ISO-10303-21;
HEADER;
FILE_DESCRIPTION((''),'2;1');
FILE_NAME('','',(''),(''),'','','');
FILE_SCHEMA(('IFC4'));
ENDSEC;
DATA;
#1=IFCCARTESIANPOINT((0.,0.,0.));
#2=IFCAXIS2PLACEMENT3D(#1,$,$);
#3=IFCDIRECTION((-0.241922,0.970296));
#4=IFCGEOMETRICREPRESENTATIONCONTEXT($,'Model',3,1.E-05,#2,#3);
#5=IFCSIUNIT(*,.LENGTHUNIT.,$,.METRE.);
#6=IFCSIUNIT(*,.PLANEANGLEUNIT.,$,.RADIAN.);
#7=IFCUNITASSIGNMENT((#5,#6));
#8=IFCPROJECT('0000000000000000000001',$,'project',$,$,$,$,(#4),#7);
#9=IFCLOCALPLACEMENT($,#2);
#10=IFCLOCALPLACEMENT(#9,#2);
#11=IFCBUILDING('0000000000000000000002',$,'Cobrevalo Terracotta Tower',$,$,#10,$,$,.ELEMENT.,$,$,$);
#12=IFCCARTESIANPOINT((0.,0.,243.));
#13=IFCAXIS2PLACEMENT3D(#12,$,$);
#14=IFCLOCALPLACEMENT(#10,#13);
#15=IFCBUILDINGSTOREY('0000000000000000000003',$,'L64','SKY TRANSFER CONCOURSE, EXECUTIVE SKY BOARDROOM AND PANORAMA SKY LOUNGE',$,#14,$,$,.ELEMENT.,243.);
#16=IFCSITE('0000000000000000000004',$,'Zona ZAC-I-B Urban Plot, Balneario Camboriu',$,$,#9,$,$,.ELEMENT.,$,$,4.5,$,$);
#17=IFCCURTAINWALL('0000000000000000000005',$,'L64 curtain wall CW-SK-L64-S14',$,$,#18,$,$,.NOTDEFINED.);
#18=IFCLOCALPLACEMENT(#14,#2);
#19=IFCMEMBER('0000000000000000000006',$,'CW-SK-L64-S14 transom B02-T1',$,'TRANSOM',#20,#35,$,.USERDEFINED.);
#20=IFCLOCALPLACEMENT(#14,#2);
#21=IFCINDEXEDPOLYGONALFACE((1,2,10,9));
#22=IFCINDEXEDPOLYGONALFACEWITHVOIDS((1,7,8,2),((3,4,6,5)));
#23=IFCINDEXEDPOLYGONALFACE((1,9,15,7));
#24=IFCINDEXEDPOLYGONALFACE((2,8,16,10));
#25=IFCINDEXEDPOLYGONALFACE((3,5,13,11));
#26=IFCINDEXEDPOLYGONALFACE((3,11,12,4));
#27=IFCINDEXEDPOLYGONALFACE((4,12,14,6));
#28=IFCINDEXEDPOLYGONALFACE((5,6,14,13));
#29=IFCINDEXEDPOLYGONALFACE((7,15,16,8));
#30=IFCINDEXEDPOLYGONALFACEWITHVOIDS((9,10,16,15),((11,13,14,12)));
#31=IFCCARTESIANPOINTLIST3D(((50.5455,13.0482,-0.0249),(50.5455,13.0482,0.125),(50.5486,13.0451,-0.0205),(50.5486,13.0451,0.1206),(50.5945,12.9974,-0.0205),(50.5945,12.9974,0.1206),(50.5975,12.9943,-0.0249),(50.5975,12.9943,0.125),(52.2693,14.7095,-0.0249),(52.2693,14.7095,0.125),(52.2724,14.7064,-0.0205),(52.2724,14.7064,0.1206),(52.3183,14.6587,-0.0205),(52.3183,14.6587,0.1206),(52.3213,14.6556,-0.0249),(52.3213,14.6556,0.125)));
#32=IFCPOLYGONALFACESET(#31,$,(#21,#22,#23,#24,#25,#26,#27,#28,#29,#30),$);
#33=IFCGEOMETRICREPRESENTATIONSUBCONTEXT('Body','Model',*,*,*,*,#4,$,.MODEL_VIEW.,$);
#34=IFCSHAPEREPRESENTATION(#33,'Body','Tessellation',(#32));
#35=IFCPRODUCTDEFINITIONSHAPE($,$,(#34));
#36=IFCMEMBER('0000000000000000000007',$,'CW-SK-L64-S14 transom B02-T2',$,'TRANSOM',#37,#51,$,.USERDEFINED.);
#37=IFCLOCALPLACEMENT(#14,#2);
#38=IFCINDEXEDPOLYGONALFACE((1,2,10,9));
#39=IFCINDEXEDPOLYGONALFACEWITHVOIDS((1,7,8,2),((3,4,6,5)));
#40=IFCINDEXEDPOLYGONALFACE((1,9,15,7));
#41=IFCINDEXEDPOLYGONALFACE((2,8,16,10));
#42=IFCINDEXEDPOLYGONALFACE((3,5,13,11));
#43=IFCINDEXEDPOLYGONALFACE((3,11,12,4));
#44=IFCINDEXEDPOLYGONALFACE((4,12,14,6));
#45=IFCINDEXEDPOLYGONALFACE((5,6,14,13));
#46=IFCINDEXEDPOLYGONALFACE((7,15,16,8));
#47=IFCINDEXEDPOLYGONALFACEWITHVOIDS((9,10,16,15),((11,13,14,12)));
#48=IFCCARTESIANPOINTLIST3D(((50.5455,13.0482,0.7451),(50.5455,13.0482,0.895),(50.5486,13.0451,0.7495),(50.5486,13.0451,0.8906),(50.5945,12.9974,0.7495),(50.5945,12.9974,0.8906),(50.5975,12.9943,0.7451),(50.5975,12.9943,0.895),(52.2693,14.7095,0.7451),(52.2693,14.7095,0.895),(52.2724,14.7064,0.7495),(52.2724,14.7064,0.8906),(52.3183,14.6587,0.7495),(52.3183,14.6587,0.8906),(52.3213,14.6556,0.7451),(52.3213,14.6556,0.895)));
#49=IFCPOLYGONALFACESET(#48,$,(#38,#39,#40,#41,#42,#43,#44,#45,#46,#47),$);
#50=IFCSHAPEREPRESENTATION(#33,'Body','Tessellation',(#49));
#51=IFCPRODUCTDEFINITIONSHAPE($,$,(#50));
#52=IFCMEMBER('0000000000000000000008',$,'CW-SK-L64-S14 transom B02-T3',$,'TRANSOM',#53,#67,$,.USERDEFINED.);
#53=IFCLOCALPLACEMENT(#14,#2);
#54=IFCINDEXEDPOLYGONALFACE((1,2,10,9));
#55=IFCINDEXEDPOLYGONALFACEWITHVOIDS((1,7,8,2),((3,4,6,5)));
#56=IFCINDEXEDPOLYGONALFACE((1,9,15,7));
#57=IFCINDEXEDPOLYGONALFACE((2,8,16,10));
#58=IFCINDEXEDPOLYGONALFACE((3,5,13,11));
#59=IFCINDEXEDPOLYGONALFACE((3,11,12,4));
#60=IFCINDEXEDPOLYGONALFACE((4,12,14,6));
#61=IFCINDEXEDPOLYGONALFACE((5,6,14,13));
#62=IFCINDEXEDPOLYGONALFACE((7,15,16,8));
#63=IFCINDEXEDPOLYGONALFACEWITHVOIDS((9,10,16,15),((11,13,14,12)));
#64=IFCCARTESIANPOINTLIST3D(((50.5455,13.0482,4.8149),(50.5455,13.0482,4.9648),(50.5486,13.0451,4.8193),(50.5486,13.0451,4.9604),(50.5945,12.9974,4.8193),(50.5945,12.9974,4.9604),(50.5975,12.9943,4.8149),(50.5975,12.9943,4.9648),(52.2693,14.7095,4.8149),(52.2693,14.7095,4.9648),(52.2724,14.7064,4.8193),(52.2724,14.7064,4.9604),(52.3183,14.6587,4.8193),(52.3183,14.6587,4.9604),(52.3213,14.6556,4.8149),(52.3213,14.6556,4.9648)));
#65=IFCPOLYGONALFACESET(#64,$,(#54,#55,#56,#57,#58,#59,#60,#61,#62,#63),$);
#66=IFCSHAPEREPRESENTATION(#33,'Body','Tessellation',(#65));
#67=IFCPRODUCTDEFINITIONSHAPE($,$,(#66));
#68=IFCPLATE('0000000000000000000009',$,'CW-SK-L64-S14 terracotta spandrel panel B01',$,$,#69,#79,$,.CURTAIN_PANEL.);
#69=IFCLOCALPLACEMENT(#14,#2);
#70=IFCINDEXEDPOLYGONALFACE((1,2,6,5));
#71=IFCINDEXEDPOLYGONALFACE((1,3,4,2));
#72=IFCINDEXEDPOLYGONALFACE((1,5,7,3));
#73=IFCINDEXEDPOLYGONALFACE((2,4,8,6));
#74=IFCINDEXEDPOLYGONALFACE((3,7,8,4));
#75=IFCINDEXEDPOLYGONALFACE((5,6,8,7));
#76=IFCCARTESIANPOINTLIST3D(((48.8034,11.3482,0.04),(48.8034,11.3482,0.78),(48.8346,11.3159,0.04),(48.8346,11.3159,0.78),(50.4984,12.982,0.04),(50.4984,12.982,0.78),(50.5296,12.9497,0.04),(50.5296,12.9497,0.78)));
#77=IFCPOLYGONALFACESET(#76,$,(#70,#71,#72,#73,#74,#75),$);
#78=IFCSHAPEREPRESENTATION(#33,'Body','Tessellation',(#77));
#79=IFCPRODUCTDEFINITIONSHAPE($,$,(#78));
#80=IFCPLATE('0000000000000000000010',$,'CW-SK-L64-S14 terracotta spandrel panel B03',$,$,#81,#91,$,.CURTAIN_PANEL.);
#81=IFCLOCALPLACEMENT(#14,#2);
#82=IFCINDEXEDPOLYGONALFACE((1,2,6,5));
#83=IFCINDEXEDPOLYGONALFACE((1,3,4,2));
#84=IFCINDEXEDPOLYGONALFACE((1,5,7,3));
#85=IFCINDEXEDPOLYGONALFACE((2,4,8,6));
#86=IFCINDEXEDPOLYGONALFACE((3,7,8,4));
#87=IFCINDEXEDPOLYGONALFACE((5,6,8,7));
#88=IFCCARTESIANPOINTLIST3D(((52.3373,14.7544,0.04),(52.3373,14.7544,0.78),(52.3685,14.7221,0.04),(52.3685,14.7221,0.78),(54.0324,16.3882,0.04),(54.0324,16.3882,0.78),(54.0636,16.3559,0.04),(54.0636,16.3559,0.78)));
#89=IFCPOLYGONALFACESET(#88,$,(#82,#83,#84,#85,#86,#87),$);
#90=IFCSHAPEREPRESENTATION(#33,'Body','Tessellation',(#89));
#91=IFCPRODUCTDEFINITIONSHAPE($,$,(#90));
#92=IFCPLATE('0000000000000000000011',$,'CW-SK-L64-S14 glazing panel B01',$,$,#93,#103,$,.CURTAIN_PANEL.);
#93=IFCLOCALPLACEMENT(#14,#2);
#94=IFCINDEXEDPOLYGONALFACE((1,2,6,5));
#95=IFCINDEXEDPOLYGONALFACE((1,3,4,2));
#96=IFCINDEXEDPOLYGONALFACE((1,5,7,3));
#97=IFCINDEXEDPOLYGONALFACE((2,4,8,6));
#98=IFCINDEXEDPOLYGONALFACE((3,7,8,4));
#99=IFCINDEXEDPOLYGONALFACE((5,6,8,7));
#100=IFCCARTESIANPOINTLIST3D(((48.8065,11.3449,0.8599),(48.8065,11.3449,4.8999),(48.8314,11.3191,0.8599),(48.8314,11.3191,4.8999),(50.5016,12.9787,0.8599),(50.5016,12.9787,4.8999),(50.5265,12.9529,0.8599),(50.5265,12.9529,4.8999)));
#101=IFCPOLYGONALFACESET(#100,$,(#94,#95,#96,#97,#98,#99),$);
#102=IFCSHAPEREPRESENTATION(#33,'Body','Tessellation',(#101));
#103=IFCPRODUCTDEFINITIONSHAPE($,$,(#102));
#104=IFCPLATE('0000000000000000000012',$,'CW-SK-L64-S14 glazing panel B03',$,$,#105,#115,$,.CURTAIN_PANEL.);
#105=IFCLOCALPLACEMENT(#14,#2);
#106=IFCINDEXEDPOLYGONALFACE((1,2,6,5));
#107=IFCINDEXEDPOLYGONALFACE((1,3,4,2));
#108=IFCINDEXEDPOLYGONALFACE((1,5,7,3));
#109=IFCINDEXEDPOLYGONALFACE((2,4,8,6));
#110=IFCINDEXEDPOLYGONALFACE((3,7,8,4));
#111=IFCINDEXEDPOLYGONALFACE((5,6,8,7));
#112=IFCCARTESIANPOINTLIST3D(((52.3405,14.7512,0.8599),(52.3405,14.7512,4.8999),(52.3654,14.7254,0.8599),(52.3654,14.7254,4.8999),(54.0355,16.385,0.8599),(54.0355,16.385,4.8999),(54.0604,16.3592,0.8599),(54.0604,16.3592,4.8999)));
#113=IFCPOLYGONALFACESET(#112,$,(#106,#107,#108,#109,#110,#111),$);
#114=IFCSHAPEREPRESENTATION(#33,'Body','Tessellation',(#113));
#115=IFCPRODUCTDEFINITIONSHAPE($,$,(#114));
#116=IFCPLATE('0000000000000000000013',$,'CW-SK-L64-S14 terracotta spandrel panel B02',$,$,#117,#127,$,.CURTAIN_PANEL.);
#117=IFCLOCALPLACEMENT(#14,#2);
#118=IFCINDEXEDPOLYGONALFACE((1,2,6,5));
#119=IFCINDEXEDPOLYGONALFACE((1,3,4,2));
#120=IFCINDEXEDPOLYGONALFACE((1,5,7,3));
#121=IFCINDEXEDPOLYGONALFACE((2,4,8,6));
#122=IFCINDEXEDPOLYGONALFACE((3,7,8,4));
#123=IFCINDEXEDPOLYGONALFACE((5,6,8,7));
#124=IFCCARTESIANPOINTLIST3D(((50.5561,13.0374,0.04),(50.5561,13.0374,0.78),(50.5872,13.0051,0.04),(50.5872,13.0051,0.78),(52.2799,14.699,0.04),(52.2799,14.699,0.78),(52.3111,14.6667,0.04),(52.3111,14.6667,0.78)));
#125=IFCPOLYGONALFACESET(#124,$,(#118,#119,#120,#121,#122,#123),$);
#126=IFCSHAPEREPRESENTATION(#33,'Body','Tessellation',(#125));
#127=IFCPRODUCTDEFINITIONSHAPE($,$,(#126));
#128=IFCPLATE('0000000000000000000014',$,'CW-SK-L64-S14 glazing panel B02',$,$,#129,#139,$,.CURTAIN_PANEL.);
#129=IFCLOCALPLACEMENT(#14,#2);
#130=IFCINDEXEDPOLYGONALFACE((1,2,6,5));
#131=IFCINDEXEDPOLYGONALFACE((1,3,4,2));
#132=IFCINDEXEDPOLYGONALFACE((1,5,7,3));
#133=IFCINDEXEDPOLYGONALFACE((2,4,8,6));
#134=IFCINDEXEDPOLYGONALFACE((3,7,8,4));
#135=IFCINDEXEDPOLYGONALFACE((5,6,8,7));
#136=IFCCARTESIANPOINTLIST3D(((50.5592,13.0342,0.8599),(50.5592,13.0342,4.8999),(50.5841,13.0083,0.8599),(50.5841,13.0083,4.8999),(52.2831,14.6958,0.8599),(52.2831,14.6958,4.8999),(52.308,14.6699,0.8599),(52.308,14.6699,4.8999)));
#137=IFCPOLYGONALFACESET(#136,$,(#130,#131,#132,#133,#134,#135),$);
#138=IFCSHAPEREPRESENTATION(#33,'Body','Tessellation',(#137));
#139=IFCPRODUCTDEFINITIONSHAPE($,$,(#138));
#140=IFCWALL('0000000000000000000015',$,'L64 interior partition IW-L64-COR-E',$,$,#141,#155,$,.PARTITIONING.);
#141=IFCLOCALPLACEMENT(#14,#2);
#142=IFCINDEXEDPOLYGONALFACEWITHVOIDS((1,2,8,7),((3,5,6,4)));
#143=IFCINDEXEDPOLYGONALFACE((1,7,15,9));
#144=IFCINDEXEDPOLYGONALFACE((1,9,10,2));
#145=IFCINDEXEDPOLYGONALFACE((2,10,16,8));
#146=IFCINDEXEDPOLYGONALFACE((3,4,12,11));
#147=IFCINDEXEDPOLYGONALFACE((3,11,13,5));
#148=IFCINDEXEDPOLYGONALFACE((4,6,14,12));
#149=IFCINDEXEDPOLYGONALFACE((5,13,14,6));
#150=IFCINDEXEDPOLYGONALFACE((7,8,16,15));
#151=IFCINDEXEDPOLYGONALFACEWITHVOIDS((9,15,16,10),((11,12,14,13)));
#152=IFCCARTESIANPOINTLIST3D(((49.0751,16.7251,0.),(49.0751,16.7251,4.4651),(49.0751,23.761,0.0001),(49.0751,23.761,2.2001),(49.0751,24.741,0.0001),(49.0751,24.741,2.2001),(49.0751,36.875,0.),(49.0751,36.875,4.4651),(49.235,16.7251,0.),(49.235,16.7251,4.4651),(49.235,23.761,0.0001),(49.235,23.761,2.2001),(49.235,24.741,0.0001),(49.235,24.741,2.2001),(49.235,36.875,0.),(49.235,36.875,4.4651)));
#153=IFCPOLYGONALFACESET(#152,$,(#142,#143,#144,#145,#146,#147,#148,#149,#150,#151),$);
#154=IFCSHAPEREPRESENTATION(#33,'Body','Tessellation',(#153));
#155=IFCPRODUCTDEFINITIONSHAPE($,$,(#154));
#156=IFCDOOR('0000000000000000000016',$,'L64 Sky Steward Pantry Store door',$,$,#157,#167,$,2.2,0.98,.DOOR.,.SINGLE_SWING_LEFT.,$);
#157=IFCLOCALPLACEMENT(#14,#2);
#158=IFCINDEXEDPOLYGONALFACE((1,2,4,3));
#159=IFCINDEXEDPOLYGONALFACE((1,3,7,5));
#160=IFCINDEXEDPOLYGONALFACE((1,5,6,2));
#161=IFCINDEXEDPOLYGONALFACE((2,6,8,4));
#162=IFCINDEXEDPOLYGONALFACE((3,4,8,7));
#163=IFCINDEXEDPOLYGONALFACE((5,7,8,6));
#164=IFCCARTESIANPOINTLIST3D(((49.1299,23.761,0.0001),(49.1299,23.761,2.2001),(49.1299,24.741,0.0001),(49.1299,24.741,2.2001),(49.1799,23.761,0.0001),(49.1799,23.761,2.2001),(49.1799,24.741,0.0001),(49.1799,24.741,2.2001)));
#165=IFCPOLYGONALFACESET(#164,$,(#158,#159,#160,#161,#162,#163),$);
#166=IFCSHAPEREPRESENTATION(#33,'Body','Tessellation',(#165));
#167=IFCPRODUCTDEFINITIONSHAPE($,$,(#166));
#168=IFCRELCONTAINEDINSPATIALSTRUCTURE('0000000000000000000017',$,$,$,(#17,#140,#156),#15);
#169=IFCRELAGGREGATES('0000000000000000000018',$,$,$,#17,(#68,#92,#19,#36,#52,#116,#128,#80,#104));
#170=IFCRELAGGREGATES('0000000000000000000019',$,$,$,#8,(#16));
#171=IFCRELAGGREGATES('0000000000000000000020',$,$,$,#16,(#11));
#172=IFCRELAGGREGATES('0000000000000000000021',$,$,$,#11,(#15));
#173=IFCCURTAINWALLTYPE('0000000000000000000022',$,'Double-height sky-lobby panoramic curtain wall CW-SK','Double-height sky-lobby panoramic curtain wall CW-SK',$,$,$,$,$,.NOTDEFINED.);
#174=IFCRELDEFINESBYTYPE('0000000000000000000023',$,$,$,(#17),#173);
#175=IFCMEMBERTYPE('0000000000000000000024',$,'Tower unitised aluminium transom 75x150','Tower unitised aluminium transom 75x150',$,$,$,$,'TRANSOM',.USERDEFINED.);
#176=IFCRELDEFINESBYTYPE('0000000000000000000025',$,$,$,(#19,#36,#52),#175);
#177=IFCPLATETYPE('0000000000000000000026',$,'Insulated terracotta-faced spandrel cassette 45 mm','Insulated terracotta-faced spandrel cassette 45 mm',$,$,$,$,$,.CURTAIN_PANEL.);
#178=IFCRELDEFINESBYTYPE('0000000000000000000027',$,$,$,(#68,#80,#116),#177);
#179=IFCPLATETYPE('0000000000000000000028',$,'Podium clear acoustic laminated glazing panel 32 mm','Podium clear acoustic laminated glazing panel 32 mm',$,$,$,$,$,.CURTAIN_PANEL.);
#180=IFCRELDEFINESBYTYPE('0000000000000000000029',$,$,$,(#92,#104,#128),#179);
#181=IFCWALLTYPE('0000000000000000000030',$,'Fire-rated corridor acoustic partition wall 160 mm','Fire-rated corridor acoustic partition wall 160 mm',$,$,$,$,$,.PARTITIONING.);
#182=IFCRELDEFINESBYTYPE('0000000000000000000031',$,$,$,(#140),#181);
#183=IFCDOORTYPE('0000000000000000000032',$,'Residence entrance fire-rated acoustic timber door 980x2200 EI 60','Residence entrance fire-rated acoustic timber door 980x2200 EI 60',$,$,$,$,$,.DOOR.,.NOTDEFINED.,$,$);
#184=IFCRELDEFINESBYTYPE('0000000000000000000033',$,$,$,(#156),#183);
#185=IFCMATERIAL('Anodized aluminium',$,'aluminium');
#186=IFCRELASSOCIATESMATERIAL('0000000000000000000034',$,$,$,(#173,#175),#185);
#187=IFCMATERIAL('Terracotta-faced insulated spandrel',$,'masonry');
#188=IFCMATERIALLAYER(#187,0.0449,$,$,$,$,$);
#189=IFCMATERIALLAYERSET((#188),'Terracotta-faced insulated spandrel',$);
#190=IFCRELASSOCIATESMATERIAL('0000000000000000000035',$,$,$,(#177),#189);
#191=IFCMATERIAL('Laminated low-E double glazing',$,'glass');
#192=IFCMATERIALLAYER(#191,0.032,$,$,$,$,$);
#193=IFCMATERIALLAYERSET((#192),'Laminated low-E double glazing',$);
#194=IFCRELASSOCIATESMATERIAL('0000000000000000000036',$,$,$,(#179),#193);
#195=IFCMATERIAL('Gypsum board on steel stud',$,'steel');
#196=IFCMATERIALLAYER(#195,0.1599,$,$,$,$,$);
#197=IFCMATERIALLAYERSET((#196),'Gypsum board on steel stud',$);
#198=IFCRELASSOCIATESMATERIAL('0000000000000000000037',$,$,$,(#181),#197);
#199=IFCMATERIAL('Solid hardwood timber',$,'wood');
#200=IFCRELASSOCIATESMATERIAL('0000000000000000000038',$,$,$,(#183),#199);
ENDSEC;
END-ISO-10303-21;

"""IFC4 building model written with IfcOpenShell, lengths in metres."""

from ifc_helpers import new_model, si_unit, direction, frame, frame_2d, origin, origin_2d, place, context, subcontext, project, spatial, rectangle, hollow_rectangle, extrude, source, transform, mapped, material, layer, layer_set, material_profile, profile_set, type_object, element, fill, aggregate, save


model = new_model("IFC4")

# Units and contexts
model_context = context("Model", 3, precision=1e-05, world=origin(), true_north=direction((-0.241922, 0.970296)))
body_context = subcontext(model_context, "Body", "Model", "MODEL_VIEW")
ifc_project = project(units=[si_unit("LENGTHUNIT", "METRE"), si_unit("PLANEANGLEUNIT", "RADIAN")], contexts=[model_context])

# Site, building, storey
site_placement = place(None, origin())
site = spatial("IfcSite", under=ifc_project, at=site_placement, Name="Zona ZAC-I-B Urban Plot, Balneario Camboriu", CompositionType="ELEMENT", RefElevation=4.5)
building_placement = place(site_placement, origin())
building = spatial("IfcBuilding", under=site, at=building_placement, Name="Cobrevalo Terracotta Tower", CompositionType="ELEMENT")
storey_placement = place(building_placement, frame((0.0, 0.0, 243.0)))
storey = spatial("IfcBuildingStorey", under=building, at=storey_placement, Name="L64", Description="SKY TRANSFER CONCOURSE, EXECUTIVE SKY BOARDROOM AND PANORAMA SKY LOUNGE", CompositionType="ELEMENT", Elevation=243.0)

# Curtain wall
ifc_material_1 = material(Name="Anodized aluminium", Category="aluminium")
curtain_wall_type = type_object("IfcCurtainWallType", Name="Double-height sky-lobby panoramic curtain wall CW-SK", Description="Double-height sky-lobby panoramic curtain wall CW-SK", PredefinedType="NOTDEFINED", material=ifc_material_1)
curtain_wall_1_placement = place(storey_placement, origin())
curtain_wall_1 = element("IfcCurtainWall", 1, at=curtain_wall_1_placement, inside=storey, type_object=curtain_wall_type, Name="L64 curtain wall CW-SK-L64-S14", PredefinedType="NOTDEFINED")
ifc_material_profile_1 = material_profile(ifc_material_1, hollow_rectangle(XDim=0.075, YDim=0.1499, WallThickness=0.0044, at=origin_2d()), Name="CWT 75x150")
ifc_profile_set_1 = profile_set([ifc_material_profile_1], Name="Anodized aluminium")
member_type_1 = type_object("IfcMemberType", Name="Tower unitised aluminium transom 75x150", Description="Tower unitised aluminium transom 75x150", ElementType="TRANSOM", PredefinedType="USERDEFINED", material=ifc_profile_set_1)

# Members
shared_shape_1 = source(origin(), body_context, "Body", "SweptSolid", [
    extrude(hollow_rectangle(XDim=0.075, YDim=0.1499, WallThickness=0.0044, at=origin_2d()), origin(), (0.0, 0.0, 1.0), 2.394),
])
member_1_placement = place(storey_placement, frame((50.5715, 13.0212, 0.05), z_axis=(0.720039, 0.693934, 0.0), x_axis=(-0.693934, 0.720039, 0.0)))
member_1 = element("IfcMember", 2, at=member_1_placement, type_object=member_type_1, Name="CW-SK-L64-S14 transom B02-T1", ObjectType="TRANSOM", PredefinedType="USERDEFINED", context=body_context, shape_type="MappedRepresentation", body=[
    mapped(shared_shape_1, transform((0.0, 0.0, 0.0), scale=1.0)),
])
member_2_placement = place(storey_placement, frame((50.5715, 13.0212, 0.8201), z_axis=(0.720039, 0.693934, 0.0), x_axis=(-0.693934, 0.720039, 0.0)))
member_2 = element("IfcMember", 3, at=member_2_placement, type_object=member_type_1, Name="CW-SK-L64-S14 transom B02-T2", ObjectType="TRANSOM", PredefinedType="USERDEFINED", context=body_context, shape_type="MappedRepresentation", body=[
    mapped(shared_shape_1, transform((0.0, 0.0, 0.0), scale=1.0)),
])
member_3_placement = place(storey_placement, frame((50.5715, 13.0212, 4.8899), z_axis=(0.720039, 0.693934, 0.0), x_axis=(-0.693934, 0.720039, 0.0)))
member_3 = element("IfcMember", 4, at=member_3_placement, type_object=member_type_1, Name="CW-SK-L64-S14 transom B02-T3", ObjectType="TRANSOM", PredefinedType="USERDEFINED", context=body_context, shape_type="MappedRepresentation", body=[
    mapped(shared_shape_1, transform((0.0, 0.0, 0.0), scale=1.0)),
])

# Plates
ifc_material_2 = material(Name="Terracotta-faced insulated spandrel", Category="masonry")
ifc_layer_1 = layer(ifc_material_2, 0.0449)
ifc_layer_set_1 = layer_set([ifc_layer_1], Name="Terracotta-faced insulated spandrel")
plate_type_1 = type_object("IfcPlateType", Name="Insulated terracotta-faced spandrel cassette 45 mm", Description="Insulated terracotta-faced spandrel cassette 45 mm", PredefinedType="CURTAIN_PANEL", material=ifc_layer_set_1)
shared_shape_2 = source(origin(), body_context, "Body", "SweptSolid", [
    extrude(rectangle(XDim=2.3542, YDim=0.0449, at=origin_2d()), origin(), (0.0, 0.0, 1.0), 0.74),
])
plate_1_placement = place(storey_placement, frame((49.6665, 12.1489, 0.04), z_axis=(0.0, 0.0, 1.0), x_axis=(0.719997, 0.693978, 0.0)))
plate_1 = element("IfcPlate", 5, at=plate_1_placement, type_object=plate_type_1, Name="CW-SK-L64-S14 terracotta spandrel panel B01", PredefinedType="CURTAIN_PANEL", context=body_context, shape_type="MappedRepresentation", body=[
    mapped(shared_shape_2, transform((0.0, 0.0, 0.0), scale=1.0)),
])
plate_2_placement = place(storey_placement, frame((53.2004, 15.5552, 0.04), z_axis=(0.0, 0.0, 1.0), x_axis=(0.719997, 0.693978, 0.0)))
plate_2 = element("IfcPlate", 6, at=plate_2_placement, type_object=plate_type_1, Name="CW-SK-L64-S14 terracotta spandrel panel B03", PredefinedType="CURTAIN_PANEL", context=body_context, shape_type="MappedRepresentation", body=[
    mapped(shared_shape_2, transform((0.0, 0.0, 0.0), scale=1.0)),
])
ifc_material_3 = material(Name="Laminated low-E double glazing", Category="glass")
ifc_layer_2 = layer(ifc_material_3, 0.032)
ifc_layer_set_2 = layer_set([ifc_layer_2], Name="Laminated low-E double glazing")
plate_type_2 = type_object("IfcPlateType", Name="Podium clear acoustic laminated glazing panel 32 mm", Description="Podium clear acoustic laminated glazing panel 32 mm", PredefinedType="CURTAIN_PANEL", material=ifc_layer_set_2)
shared_shape_3 = source(origin(), body_context, "Body", "SweptSolid", [
    extrude(rectangle(XDim=2.3542, YDim=0.0359, at=origin_2d()), origin(), (0.0, 0.0, 1.0), 4.04),
])
plate_3_placement = place(storey_placement, frame((49.6665, 12.1489, 0.8599), z_axis=(0.0, 0.0, 1.0), x_axis=(0.719997, 0.693978, 0.0)))
plate_3 = element("IfcPlate", 7, at=plate_3_placement, type_object=plate_type_2, Name="CW-SK-L64-S14 glazing panel B01", PredefinedType="CURTAIN_PANEL", context=body_context, shape_type="MappedRepresentation", body=[
    mapped(shared_shape_3, transform((0.0, 0.0, 0.0), scale=1.0)),
])
plate_4_placement = place(storey_placement, frame((53.2004, 15.5552, 0.8599), z_axis=(0.0, 0.0, 1.0), x_axis=(0.719997, 0.693978, 0.0)))
plate_4 = element("IfcPlate", 8, at=plate_4_placement, type_object=plate_type_2, Name="CW-SK-L64-S14 glazing panel B03", PredefinedType="CURTAIN_PANEL", context=body_context, shape_type="MappedRepresentation", body=[
    mapped(shared_shape_3, transform((0.0, 0.0, 0.0), scale=1.0)),
])
shared_shape_4 = source(origin(), body_context, "Body", "SweptSolid", [
    extrude(rectangle(XDim=2.3943, YDim=0.0449, at=origin_2d()), origin(), (0.0, 0.0, 1.0), 0.74),
])
plate_5_placement = place(storey_placement, frame((51.4336, 13.8521, 0.04), z_axis=(0.0, 0.0, 1.0), x_axis=(0.719997, 0.693978, 0.0)))
plate_5 = element("IfcPlate", 9, at=plate_5_placement, type_object=plate_type_1, Name="CW-SK-L64-S14 terracotta spandrel panel B02", PredefinedType="CURTAIN_PANEL", context=body_context, shape_type="MappedRepresentation", body=[
    mapped(shared_shape_4, transform((0.0, 0.0, 0.0), scale=1.0)),
])
shared_shape_5 = source(origin(), body_context, "Body", "SweptSolid", [
    extrude(rectangle(XDim=2.3943, YDim=0.0359, at=origin_2d()), origin(), (0.0, 0.0, 1.0), 4.04),
])
plate_6_placement = place(storey_placement, frame((51.4336, 13.8521, 0.8599), z_axis=(0.0, 0.0, 1.0), x_axis=(0.719997, 0.693978, 0.0)))
plate_6 = element("IfcPlate", 10, at=plate_6_placement, type_object=plate_type_2, Name="CW-SK-L64-S14 glazing panel B02", PredefinedType="CURTAIN_PANEL", context=body_context, shape_type="MappedRepresentation", body=[
    mapped(shared_shape_5, transform((0.0, 0.0, 0.0), scale=1.0)),
])
aggregate(curtain_wall_1, [plate_1, plate_3, member_1, member_2, member_3, plate_5, plate_6, plate_2, plate_4])

# Wall, opening, door
ifc_material_4 = material(Name="Gypsum board on steel stud", Category="steel")
ifc_layer_3 = layer(ifc_material_4, 0.1599)
ifc_layer_set_3 = layer_set([ifc_layer_3], Name="Gypsum board on steel stud")
wall_type_1 = type_object("IfcWallType", Name="Fire-rated corridor acoustic partition wall 160 mm", Description="Fire-rated corridor acoustic partition wall 160 mm", PredefinedType="PARTITIONING", material=ifc_layer_set_3)
wall_1_placement = place(storey_placement, frame((49.155, 16.7251, 0.0), z_axis=(0.0, 0.0, 1.0), x_axis=(0.0, 1.0, 0.0)))
wall_1 = element("IfcWall", 11, at=wall_1_placement, inside=storey, type_object=wall_type_1, Name="L64 interior partition IW-L64-COR-E", PredefinedType="PARTITIONING", context=body_context, shape_type="SweptSolid", body=[
    extrude(rectangle(XDim=20.1499, YDim=0.1599, at=frame_2d((10.075, 0.0))), origin(), (0.0, 0.0, 1.0), 4.4651),
])
opening_placement = place(wall_1_placement, frame((7.0359, 0.0, 0.0)))
opening = element("IfcOpeningElement", 12, at=opening_placement, cuts=wall_1, PredefinedType="OPENING", context=body_context, shape_type="SweptSolid", body=[
    extrude(rectangle(XDim=0.98, YDim=2.2, at=frame_2d((0.49, 1.1001))), frame((0.0, 0.0898, 0.0), z_axis=(0.0, -1.0, 0.0), x_axis=(1.0, 0.0, 0.0)), (0.0, 0.0, 1.0), 0.1799),
])
ifc_material_5 = material(Name="Solid hardwood timber", Category="wood")
door_type = type_object("IfcDoorType", Name="Residence entrance fire-rated acoustic timber door 980x2200 EI 60", Description="Residence entrance fire-rated acoustic timber door 980x2200 EI 60", OperationType="NOTDEFINED", PredefinedType="DOOR", material=ifc_material_5)
shared_shape_6 = source(origin(), body_context, "Body", "SweptSolid", [
    extrude(rectangle(XDim=0.98, YDim=2.2, at=frame_2d((0.49, 1.1001))), frame((0.0, 0.0249, 0.0), z_axis=(0.0, -1.0, 0.0), x_axis=(1.0, 0.0, 0.0)), (0.0, 0.0, 1.0), 0.05),
])
door_placement = place(opening_placement, frame((0.98, 0.0, 0.0), z_axis=(0.0, 0.0, 1.0), x_axis=(-1.0, 0.0, 0.0)))
door = element("IfcDoor", 13, at=door_placement, inside=storey, type_object=door_type, Name="L64 Sky Steward Pantry Store door", OperationType="SINGLE_SWING_LEFT", OverallHeight=2.2, OverallWidth=0.98, PredefinedType="DOOR", context=body_context, shape_type="MappedRepresentation", body=[
    mapped(shared_shape_6, transform((0.0, 0.0, 0.0), scale=1.0)),
])
fill(opening, door)

save(model, "model.ifc")
